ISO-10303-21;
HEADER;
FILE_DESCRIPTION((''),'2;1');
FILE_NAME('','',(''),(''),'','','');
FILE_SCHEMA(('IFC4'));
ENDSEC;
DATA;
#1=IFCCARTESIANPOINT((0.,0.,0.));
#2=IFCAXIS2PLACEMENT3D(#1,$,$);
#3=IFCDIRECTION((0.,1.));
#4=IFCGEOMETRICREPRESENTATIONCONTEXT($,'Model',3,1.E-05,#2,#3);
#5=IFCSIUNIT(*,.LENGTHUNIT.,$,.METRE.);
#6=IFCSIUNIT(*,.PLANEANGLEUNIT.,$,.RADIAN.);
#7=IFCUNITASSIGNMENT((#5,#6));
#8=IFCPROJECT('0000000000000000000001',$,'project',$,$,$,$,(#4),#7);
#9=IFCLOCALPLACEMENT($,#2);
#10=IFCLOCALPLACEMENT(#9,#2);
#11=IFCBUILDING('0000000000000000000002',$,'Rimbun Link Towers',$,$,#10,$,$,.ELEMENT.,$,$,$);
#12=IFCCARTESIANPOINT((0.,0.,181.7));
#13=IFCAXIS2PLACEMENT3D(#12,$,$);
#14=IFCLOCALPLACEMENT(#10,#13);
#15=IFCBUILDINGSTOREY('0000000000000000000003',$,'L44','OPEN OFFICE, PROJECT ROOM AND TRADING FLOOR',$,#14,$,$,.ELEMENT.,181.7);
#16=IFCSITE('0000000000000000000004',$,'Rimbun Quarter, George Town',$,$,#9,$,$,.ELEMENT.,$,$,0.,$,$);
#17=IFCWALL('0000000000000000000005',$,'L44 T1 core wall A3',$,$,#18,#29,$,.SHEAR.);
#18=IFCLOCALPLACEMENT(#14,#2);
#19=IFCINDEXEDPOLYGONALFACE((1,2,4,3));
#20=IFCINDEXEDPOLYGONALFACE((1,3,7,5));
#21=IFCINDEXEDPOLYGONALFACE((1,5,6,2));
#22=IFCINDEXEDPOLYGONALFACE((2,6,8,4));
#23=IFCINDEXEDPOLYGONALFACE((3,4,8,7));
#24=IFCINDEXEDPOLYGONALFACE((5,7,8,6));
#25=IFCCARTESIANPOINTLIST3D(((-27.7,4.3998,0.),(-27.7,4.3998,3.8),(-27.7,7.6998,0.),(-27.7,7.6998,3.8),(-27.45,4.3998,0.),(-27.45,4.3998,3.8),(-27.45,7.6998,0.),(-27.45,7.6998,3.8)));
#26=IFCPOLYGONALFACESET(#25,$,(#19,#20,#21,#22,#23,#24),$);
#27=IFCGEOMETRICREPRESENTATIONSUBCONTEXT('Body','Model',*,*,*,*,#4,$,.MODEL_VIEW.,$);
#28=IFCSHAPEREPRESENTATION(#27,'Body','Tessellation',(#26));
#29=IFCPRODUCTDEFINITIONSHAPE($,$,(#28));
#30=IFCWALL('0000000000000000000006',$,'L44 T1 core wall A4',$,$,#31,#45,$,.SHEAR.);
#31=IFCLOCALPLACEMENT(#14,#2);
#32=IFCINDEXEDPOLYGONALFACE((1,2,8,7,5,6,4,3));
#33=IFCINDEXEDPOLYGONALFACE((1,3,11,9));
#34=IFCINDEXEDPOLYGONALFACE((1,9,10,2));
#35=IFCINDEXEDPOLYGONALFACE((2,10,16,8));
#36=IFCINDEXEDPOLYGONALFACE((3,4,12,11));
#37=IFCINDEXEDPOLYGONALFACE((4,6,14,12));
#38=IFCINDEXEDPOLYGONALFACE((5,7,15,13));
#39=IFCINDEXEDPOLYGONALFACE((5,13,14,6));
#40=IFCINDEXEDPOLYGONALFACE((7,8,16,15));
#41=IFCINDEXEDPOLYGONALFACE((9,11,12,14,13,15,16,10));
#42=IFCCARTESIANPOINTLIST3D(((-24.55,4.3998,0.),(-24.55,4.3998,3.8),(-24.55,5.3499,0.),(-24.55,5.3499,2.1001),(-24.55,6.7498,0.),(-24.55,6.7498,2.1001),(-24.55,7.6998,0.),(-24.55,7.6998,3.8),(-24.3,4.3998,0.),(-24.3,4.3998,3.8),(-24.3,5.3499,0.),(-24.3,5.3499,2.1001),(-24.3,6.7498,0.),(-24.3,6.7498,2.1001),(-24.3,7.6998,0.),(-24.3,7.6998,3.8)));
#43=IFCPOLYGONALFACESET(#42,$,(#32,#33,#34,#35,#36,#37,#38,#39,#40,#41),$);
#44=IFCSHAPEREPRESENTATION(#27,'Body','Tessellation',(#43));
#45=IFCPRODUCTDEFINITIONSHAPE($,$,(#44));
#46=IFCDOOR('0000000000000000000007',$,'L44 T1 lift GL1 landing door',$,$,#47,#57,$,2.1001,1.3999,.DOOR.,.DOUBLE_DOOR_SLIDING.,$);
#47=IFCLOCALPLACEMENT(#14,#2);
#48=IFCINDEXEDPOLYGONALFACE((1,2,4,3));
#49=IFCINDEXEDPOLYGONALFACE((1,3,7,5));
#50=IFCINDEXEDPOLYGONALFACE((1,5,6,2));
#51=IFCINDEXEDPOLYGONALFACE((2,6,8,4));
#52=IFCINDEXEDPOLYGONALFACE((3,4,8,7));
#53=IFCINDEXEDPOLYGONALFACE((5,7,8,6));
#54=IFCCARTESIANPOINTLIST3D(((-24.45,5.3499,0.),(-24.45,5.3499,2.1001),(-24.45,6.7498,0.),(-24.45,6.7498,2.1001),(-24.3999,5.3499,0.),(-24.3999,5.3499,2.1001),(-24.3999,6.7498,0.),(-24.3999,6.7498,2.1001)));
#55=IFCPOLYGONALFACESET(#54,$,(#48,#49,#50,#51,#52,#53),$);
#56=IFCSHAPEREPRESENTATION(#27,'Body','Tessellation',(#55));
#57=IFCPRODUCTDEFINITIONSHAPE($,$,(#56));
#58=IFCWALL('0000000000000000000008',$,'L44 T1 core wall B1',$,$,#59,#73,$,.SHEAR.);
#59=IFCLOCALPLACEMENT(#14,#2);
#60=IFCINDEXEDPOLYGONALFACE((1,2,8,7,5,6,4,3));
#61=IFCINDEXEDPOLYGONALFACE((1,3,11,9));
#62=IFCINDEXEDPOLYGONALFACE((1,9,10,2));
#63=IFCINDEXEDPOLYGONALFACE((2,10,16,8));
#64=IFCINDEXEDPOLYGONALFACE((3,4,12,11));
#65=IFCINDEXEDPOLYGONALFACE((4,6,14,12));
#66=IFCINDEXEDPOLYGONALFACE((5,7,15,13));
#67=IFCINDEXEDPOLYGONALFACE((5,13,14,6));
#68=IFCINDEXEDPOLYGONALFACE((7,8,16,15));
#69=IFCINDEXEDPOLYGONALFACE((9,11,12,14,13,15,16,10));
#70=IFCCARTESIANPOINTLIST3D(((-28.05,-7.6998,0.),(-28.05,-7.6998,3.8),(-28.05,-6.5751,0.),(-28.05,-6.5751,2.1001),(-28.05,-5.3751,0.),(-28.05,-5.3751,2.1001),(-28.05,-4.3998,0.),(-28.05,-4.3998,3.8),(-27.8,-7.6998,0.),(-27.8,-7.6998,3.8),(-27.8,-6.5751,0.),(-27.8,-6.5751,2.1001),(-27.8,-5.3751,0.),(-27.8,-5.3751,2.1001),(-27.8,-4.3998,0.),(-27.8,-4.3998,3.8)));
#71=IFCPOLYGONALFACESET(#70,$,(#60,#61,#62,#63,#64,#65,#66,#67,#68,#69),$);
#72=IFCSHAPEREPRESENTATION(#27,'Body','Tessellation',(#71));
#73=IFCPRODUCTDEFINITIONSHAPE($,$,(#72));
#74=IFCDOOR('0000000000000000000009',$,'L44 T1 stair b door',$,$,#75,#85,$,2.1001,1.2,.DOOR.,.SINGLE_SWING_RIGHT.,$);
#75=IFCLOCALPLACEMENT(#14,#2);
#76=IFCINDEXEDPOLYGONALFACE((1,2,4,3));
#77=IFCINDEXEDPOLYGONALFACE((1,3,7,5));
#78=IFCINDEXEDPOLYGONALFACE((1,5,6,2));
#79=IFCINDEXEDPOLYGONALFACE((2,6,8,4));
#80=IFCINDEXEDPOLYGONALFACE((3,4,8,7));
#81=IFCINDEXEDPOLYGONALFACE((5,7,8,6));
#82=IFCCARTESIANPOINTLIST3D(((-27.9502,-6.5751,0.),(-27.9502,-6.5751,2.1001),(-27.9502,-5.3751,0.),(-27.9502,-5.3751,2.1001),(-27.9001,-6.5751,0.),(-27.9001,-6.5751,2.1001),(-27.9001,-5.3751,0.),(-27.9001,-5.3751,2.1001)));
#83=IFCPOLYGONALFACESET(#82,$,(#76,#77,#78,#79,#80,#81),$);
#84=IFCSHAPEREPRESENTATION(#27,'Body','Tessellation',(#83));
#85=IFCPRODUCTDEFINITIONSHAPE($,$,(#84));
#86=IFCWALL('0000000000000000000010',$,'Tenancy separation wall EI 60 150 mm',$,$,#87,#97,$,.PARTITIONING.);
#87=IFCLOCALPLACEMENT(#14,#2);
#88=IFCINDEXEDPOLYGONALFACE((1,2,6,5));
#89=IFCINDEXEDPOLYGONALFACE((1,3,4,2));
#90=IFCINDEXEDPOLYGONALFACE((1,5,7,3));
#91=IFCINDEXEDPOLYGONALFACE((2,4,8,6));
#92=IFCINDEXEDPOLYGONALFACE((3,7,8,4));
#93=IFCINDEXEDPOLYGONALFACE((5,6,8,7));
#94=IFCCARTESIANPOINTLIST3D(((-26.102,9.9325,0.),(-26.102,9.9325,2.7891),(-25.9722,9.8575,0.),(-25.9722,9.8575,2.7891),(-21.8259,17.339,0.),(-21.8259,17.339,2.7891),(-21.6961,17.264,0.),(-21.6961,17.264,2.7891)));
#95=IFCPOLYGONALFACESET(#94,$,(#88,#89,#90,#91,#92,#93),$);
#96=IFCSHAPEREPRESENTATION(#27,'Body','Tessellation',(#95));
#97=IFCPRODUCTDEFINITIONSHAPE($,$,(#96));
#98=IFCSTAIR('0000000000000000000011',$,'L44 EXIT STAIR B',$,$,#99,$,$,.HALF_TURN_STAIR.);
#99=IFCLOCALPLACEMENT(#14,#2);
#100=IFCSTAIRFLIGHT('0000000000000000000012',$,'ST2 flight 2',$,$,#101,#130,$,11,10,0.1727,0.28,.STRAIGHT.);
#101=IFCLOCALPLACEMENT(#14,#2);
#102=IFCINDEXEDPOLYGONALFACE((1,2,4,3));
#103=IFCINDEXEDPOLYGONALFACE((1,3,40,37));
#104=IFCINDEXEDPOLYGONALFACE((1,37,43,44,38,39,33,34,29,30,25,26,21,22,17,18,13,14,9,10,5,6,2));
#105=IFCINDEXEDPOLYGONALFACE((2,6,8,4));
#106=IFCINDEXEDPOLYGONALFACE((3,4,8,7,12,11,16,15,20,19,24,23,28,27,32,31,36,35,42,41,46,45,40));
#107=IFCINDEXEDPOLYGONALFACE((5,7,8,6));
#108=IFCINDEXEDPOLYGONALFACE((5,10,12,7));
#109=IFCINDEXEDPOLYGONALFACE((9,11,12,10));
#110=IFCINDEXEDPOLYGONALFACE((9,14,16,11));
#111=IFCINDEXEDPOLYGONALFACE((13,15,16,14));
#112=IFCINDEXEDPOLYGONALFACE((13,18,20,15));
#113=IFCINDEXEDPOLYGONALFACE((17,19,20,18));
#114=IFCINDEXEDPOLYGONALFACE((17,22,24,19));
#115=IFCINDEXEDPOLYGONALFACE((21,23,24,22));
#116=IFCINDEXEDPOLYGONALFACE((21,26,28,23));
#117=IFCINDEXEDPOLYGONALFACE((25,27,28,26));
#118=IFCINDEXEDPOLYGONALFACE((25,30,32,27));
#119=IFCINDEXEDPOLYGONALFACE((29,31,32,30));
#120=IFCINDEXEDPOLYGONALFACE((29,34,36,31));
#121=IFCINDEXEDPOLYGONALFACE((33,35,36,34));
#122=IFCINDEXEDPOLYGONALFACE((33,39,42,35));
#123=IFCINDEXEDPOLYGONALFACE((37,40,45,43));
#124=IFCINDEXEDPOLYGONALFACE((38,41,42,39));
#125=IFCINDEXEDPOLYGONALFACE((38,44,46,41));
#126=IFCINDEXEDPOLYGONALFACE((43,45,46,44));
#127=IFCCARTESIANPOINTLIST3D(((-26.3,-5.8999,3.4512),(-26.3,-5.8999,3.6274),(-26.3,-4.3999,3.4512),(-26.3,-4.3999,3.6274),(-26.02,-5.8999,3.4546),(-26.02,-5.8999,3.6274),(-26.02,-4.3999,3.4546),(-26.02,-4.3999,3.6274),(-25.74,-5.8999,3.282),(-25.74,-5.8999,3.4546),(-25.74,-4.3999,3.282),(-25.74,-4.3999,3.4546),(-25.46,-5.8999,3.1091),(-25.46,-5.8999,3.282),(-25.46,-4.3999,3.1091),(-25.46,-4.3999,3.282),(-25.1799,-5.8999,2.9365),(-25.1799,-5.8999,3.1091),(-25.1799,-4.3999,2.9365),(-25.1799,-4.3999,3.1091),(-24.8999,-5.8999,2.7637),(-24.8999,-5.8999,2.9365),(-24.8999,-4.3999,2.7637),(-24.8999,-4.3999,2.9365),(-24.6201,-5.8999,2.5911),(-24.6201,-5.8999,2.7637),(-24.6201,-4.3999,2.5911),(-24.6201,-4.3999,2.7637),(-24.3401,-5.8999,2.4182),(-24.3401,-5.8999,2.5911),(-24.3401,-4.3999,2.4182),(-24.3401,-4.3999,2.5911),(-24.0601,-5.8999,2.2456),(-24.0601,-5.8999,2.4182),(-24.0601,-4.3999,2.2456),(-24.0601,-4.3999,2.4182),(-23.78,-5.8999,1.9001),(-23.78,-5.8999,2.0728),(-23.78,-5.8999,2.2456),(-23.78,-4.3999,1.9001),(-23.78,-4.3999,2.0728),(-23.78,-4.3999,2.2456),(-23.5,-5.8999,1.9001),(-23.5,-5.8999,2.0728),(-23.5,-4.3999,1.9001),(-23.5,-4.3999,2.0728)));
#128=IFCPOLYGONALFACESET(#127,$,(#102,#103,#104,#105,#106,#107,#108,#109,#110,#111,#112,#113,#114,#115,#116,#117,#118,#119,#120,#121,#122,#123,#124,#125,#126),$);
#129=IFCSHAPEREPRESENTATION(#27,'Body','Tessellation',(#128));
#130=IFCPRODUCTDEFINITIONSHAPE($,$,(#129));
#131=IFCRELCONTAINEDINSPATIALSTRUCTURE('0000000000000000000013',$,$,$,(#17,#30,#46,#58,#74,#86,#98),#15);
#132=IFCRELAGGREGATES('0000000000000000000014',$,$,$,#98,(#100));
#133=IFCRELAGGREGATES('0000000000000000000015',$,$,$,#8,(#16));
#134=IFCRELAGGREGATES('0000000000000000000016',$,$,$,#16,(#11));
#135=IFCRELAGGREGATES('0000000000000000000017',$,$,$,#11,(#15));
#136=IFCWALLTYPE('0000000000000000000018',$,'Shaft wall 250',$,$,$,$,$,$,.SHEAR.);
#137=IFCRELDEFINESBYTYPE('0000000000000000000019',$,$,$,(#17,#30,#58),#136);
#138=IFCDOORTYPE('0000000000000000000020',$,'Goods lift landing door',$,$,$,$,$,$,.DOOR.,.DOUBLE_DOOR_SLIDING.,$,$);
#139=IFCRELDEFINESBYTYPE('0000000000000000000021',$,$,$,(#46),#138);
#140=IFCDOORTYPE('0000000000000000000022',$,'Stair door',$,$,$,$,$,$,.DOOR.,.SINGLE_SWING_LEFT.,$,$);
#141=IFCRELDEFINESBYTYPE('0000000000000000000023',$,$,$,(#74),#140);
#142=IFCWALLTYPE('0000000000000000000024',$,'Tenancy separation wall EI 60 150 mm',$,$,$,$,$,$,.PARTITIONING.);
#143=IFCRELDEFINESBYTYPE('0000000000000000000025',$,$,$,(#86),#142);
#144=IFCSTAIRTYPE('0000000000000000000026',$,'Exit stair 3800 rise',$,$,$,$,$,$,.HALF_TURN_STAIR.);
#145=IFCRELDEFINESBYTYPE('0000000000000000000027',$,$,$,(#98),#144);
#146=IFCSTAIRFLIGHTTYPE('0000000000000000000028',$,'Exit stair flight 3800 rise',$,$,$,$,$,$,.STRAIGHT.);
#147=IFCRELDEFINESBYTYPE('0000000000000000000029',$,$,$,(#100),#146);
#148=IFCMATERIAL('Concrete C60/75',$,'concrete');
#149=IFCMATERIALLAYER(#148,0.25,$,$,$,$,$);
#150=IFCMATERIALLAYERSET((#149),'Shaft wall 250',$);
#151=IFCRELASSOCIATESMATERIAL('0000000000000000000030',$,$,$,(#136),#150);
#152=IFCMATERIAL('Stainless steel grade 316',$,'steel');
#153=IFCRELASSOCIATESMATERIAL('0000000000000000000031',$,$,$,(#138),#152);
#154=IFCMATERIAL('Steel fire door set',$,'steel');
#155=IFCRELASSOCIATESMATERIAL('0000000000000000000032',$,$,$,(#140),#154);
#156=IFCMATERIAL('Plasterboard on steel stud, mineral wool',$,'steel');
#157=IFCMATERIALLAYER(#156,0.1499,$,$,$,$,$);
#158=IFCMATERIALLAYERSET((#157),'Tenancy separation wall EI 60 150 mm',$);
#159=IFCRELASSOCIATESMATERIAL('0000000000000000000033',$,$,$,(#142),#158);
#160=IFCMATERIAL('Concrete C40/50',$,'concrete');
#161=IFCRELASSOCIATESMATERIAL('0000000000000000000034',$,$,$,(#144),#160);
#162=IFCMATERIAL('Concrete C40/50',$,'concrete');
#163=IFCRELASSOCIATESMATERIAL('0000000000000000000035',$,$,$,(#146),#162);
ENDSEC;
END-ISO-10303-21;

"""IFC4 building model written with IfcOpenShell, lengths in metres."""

from ifc_helpers import new_model, si_unit, direction, frame, frame_2d, origin, place, context, subcontext, project, spatial, polyline, rectangle, outline, extrude, material, layer, layer_set, type_object, element, fill, aggregate, save


model = new_model("IFC4")

# Units and contexts
model_context = context("Model", 3, precision=1e-05, world=origin(), true_north=direction((0.0, 1.0)))
body_context = subcontext(model_context, "Body", "Model", "MODEL_VIEW")
ifc_project = project(units=[si_unit("LENGTHUNIT", "METRE"), si_unit("PLANEANGLEUNIT", "RADIAN")], contexts=[model_context])

# Site, building, storey
site_placement = place(None, origin())
site = spatial("IfcSite", under=ifc_project, at=site_placement, Name="Rimbun Quarter, George Town", CompositionType="ELEMENT", RefElevation=0.0)
building_placement = place(site_placement, origin())
building = spatial("IfcBuilding", under=site, at=building_placement, Name="Rimbun Link Towers", CompositionType="ELEMENT")
storey_placement = place(building_placement, frame((0.0, 0.0, 181.7)))
storey = spatial("IfcBuildingStorey", under=building, at=storey_placement, Name="L44", Description="OPEN OFFICE, PROJECT ROOM AND TRADING FLOOR", CompositionType="ELEMENT", Elevation=181.7)

# Wall
ifc_material_1 = material(Name="Concrete C60/75", Category="concrete")
ifc_layer_1 = layer(ifc_material_1, 0.25)
ifc_layer_set_1 = layer_set([ifc_layer_1], Name="Shaft wall 250")
wall_type_1 = type_object("IfcWallType", Name="Shaft wall 250", PredefinedType="SHEAR", material=ifc_layer_set_1)
wall_1_placement = place(storey_placement, frame((-27.575, 4.3999, 0.0), z_axis=(0.0, 0.0, 1.0), x_axis=(0.0, 1.0, 0.0)))
element("IfcWall", 1, at=wall_1_placement, inside=storey, type_object=wall_type_1, Name="L44 T1 core wall A3", PredefinedType="SHEAR", context=body_context, shape_type="SweptSolid", body=[
    extrude(rectangle(XDim=3.3, YDim=0.25, at=frame_2d((1.6499, 0.0))), origin(), (0.0, 0.0, 1.0), 3.8),
])

# Walls, openings, doors
wall_2_placement = place(storey_placement, frame((-24.425, 4.3999, 0.0), z_axis=(0.0, 0.0, 1.0), x_axis=(0.0, 1.0, 0.0)))
wall_2 = element("IfcWall", 2, at=wall_2_placement, inside=storey, type_object=wall_type_1, Name="L44 T1 core wall A4", PredefinedType="SHEAR", context=body_context, shape_type="SweptSolid", body=[
    extrude(rectangle(XDim=3.3, YDim=0.25, at=frame_2d((1.6499, 0.0))), origin(), (0.0, 0.0, 1.0), 3.8),
])
opening_1_placement = place(wall_2_placement, frame((0.95, 0.0, 0.0)))
opening_1 = element("IfcOpeningElement", 3, at=opening_1_placement, cuts=wall_2, PredefinedType="OPENING", context=body_context, shape_type="SweptSolid", body=[
    extrude(rectangle(XDim=1.3999, YDim=2.1001, at=frame_2d((0.7, 1.05))), frame((0.0, 0.135, 0.0), z_axis=(0.0, -1.0, 0.0), x_axis=(1.0, 0.0, 0.0)), (0.0, 0.0, 1.0), 0.27),
])
ifc_material_2 = material(Name="Stainless steel grade 316", Category="steel")
door_type_1 = type_object("IfcDoorType", Name="Goods lift landing door", OperationType="DOUBLE_DOOR_SLIDING", PredefinedType="DOOR", material=ifc_material_2)
door_1_placement = place(opening_1_placement, origin())
door_1 = element("IfcDoor", 4, at=door_1_placement, inside=storey, type_object=door_type_1, Name="L44 T1 lift GL1 landing door", OperationType="DOUBLE_DOOR_SLIDING", OverallHeight=2.1001, OverallWidth=1.3999, PredefinedType="DOOR", context=body_context, shape_type="SweptSolid", body=[
    extrude(rectangle(XDim=1.3999, YDim=2.1001, at=frame_2d((0.7, 1.05))), frame((0.0, 0.0249, 0.0), z_axis=(0.0, -1.0, 0.0), x_axis=(1.0, 0.0, 0.0)), (0.0, 0.0, 1.0), 0.05),
])
fill(opening_1, door_1)
wall_3_placement = place(storey_placement, frame((-27.925, -4.3999, 0.0), z_axis=(0.0, 0.0, 1.0), x_axis=(0.0, -1.0, 0.0)))
wall_3 = element("IfcWall", 5, at=wall_3_placement, inside=storey, type_object=wall_type_1, Name="L44 T1 core wall B1", PredefinedType="SHEAR", context=body_context, shape_type="SweptSolid", body=[
    extrude(rectangle(XDim=3.3, YDim=0.25, at=frame_2d((1.6499, 0.0))), origin(), (0.0, 0.0, 1.0), 3.8),
])
opening_2_placement = place(wall_3_placement, frame((0.9751, 0.0, 0.0)))
opening_2 = element("IfcOpeningElement", 6, at=opening_2_placement, cuts=wall_3, PredefinedType="OPENING", context=body_context, shape_type="SweptSolid", body=[
    extrude(rectangle(XDim=1.2, YDim=2.1001, at=frame_2d((0.6001, 1.05))), frame((0.0, 0.135, 0.0), z_axis=(0.0, -1.0, 0.0), x_axis=(1.0, 0.0, 0.0)), (0.0, 0.0, 1.0), 0.27),
])
ifc_material_3 = material(Name="Steel fire door set", Category="steel")
door_type_2 = type_object("IfcDoorType", Name="Stair door", OperationType="SINGLE_SWING_LEFT", PredefinedType="DOOR", material=ifc_material_3)
door_2_placement = place(opening_2_placement, origin())
door_2 = element("IfcDoor", 7, at=door_2_placement, inside=storey, type_object=door_type_2, Name="L44 T1 stair b door", OperationType="SINGLE_SWING_RIGHT", OverallHeight=2.1001, OverallWidth=1.2, PredefinedType="DOOR", context=body_context, shape_type="SweptSolid", body=[
    extrude(rectangle(XDim=1.2, YDim=2.1001, at=frame_2d((0.6001, 1.05))), frame((0.0, 0.0249, 0.0), z_axis=(0.0, -1.0, 0.0), x_axis=(1.0, 0.0, 0.0)), (0.0, 0.0, 1.0), 0.05),
])
fill(opening_2, door_2)

# Wall
ifc_material_4 = material(Name="Plasterboard on steel stud, mineral wool", Category="steel")
ifc_layer_2 = layer(ifc_material_4, 0.1499)
ifc_layer_set_2 = layer_set([ifc_layer_2], Name="Tenancy separation wall EI 60 150 mm")
wall_type_2 = type_object("IfcWallType", Name="Tenancy separation wall EI 60 150 mm", PredefinedType="PARTITIONING", material=ifc_layer_set_2)
wall_4_placement = place(storey_placement, frame((-26.0371, 9.895, 0.0), z_axis=(0.0, 0.0, 1.0), x_axis=(0.499998, 0.866026, 0.0)))
element("IfcWall", 8, at=wall_4_placement, inside=storey, type_object=wall_type_2, Name="Tenancy separation wall EI 60 150 mm", PredefinedType="PARTITIONING", context=body_context, shape_type="SweptSolid", body=[
    extrude(rectangle(XDim=8.5522, YDim=0.1499, at=frame_2d((4.2761, 0.0))), origin(), (0.0, 0.0, 1.0), 2.7891),
])

# Stair, stair flight
ifc_material_5 = material(Name="Concrete C40/50", Category="concrete")
stair_type = type_object("IfcStairType", Name="Exit stair 3800 rise", PredefinedType="HALF_TURN_STAIR", material=ifc_material_5)
stair_placement = place(storey_placement, origin())
stair = element("IfcStair", 9, at=stair_placement, inside=storey, type_object=stair_type, Name="L44 EXIT STAIR B", PredefinedType="HALF_TURN_STAIR")
ifc_material_6 = material(Name="Concrete C40/50", Category="concrete")
stair_flight_type = type_object("IfcStairFlightType", Name="Exit stair flight 3800 rise", PredefinedType="STRAIGHT", material=ifc_material_6)
stair_flight_placement = place(storey_placement, frame((-23.5, -5.1499, 1.9001), z_axis=(0.0, 0.0, 1.0), x_axis=(-1.0, 0.0, 0.0)))
stair_flight = element("IfcStairFlight", 10, at=stair_flight_placement, type_object=stair_flight_type, Name="ST2 flight 2", NumberOfRisers=11, NumberOfTreads=10, PredefinedType="STRAIGHT", RiserHeight=0.1727, TreadLength=0.28, context=body_context, shape_type="SweptSolid", body=[
    extrude(outline(polyline([(0.0, 0.0), (0.0, 0.1726), (0.28, 0.1726), (0.28, 0.3455), (0.5601, 0.3455), (0.5601, 0.5181), (0.8401, 0.5181), (0.8401, 0.6909), (1.1201, 0.6909), (1.1201, 0.8635), (1.3999, 0.8635), (1.3999, 1.0364), (1.6799, 1.0364), (1.6799, 1.209), (1.96, 1.209), (1.96, 1.3818), (2.24, 1.3818), (2.24, 1.5544), (2.52, 1.5544), (2.52, 1.7273), (2.8, 1.7273), (2.8, 1.8999), (2.8, 1.551), (0.28, 0.0), (0.0, 0.0)])), frame((0.0, 0.75, 0.0), z_axis=(0.0, -1.0, 0.0), x_axis=(1.0, 0.0, 0.0)), (0.0, 0.0, 1.0), 1.5),
])
aggregate(stair, [stair_flight])

save(model, "model.ifc")
